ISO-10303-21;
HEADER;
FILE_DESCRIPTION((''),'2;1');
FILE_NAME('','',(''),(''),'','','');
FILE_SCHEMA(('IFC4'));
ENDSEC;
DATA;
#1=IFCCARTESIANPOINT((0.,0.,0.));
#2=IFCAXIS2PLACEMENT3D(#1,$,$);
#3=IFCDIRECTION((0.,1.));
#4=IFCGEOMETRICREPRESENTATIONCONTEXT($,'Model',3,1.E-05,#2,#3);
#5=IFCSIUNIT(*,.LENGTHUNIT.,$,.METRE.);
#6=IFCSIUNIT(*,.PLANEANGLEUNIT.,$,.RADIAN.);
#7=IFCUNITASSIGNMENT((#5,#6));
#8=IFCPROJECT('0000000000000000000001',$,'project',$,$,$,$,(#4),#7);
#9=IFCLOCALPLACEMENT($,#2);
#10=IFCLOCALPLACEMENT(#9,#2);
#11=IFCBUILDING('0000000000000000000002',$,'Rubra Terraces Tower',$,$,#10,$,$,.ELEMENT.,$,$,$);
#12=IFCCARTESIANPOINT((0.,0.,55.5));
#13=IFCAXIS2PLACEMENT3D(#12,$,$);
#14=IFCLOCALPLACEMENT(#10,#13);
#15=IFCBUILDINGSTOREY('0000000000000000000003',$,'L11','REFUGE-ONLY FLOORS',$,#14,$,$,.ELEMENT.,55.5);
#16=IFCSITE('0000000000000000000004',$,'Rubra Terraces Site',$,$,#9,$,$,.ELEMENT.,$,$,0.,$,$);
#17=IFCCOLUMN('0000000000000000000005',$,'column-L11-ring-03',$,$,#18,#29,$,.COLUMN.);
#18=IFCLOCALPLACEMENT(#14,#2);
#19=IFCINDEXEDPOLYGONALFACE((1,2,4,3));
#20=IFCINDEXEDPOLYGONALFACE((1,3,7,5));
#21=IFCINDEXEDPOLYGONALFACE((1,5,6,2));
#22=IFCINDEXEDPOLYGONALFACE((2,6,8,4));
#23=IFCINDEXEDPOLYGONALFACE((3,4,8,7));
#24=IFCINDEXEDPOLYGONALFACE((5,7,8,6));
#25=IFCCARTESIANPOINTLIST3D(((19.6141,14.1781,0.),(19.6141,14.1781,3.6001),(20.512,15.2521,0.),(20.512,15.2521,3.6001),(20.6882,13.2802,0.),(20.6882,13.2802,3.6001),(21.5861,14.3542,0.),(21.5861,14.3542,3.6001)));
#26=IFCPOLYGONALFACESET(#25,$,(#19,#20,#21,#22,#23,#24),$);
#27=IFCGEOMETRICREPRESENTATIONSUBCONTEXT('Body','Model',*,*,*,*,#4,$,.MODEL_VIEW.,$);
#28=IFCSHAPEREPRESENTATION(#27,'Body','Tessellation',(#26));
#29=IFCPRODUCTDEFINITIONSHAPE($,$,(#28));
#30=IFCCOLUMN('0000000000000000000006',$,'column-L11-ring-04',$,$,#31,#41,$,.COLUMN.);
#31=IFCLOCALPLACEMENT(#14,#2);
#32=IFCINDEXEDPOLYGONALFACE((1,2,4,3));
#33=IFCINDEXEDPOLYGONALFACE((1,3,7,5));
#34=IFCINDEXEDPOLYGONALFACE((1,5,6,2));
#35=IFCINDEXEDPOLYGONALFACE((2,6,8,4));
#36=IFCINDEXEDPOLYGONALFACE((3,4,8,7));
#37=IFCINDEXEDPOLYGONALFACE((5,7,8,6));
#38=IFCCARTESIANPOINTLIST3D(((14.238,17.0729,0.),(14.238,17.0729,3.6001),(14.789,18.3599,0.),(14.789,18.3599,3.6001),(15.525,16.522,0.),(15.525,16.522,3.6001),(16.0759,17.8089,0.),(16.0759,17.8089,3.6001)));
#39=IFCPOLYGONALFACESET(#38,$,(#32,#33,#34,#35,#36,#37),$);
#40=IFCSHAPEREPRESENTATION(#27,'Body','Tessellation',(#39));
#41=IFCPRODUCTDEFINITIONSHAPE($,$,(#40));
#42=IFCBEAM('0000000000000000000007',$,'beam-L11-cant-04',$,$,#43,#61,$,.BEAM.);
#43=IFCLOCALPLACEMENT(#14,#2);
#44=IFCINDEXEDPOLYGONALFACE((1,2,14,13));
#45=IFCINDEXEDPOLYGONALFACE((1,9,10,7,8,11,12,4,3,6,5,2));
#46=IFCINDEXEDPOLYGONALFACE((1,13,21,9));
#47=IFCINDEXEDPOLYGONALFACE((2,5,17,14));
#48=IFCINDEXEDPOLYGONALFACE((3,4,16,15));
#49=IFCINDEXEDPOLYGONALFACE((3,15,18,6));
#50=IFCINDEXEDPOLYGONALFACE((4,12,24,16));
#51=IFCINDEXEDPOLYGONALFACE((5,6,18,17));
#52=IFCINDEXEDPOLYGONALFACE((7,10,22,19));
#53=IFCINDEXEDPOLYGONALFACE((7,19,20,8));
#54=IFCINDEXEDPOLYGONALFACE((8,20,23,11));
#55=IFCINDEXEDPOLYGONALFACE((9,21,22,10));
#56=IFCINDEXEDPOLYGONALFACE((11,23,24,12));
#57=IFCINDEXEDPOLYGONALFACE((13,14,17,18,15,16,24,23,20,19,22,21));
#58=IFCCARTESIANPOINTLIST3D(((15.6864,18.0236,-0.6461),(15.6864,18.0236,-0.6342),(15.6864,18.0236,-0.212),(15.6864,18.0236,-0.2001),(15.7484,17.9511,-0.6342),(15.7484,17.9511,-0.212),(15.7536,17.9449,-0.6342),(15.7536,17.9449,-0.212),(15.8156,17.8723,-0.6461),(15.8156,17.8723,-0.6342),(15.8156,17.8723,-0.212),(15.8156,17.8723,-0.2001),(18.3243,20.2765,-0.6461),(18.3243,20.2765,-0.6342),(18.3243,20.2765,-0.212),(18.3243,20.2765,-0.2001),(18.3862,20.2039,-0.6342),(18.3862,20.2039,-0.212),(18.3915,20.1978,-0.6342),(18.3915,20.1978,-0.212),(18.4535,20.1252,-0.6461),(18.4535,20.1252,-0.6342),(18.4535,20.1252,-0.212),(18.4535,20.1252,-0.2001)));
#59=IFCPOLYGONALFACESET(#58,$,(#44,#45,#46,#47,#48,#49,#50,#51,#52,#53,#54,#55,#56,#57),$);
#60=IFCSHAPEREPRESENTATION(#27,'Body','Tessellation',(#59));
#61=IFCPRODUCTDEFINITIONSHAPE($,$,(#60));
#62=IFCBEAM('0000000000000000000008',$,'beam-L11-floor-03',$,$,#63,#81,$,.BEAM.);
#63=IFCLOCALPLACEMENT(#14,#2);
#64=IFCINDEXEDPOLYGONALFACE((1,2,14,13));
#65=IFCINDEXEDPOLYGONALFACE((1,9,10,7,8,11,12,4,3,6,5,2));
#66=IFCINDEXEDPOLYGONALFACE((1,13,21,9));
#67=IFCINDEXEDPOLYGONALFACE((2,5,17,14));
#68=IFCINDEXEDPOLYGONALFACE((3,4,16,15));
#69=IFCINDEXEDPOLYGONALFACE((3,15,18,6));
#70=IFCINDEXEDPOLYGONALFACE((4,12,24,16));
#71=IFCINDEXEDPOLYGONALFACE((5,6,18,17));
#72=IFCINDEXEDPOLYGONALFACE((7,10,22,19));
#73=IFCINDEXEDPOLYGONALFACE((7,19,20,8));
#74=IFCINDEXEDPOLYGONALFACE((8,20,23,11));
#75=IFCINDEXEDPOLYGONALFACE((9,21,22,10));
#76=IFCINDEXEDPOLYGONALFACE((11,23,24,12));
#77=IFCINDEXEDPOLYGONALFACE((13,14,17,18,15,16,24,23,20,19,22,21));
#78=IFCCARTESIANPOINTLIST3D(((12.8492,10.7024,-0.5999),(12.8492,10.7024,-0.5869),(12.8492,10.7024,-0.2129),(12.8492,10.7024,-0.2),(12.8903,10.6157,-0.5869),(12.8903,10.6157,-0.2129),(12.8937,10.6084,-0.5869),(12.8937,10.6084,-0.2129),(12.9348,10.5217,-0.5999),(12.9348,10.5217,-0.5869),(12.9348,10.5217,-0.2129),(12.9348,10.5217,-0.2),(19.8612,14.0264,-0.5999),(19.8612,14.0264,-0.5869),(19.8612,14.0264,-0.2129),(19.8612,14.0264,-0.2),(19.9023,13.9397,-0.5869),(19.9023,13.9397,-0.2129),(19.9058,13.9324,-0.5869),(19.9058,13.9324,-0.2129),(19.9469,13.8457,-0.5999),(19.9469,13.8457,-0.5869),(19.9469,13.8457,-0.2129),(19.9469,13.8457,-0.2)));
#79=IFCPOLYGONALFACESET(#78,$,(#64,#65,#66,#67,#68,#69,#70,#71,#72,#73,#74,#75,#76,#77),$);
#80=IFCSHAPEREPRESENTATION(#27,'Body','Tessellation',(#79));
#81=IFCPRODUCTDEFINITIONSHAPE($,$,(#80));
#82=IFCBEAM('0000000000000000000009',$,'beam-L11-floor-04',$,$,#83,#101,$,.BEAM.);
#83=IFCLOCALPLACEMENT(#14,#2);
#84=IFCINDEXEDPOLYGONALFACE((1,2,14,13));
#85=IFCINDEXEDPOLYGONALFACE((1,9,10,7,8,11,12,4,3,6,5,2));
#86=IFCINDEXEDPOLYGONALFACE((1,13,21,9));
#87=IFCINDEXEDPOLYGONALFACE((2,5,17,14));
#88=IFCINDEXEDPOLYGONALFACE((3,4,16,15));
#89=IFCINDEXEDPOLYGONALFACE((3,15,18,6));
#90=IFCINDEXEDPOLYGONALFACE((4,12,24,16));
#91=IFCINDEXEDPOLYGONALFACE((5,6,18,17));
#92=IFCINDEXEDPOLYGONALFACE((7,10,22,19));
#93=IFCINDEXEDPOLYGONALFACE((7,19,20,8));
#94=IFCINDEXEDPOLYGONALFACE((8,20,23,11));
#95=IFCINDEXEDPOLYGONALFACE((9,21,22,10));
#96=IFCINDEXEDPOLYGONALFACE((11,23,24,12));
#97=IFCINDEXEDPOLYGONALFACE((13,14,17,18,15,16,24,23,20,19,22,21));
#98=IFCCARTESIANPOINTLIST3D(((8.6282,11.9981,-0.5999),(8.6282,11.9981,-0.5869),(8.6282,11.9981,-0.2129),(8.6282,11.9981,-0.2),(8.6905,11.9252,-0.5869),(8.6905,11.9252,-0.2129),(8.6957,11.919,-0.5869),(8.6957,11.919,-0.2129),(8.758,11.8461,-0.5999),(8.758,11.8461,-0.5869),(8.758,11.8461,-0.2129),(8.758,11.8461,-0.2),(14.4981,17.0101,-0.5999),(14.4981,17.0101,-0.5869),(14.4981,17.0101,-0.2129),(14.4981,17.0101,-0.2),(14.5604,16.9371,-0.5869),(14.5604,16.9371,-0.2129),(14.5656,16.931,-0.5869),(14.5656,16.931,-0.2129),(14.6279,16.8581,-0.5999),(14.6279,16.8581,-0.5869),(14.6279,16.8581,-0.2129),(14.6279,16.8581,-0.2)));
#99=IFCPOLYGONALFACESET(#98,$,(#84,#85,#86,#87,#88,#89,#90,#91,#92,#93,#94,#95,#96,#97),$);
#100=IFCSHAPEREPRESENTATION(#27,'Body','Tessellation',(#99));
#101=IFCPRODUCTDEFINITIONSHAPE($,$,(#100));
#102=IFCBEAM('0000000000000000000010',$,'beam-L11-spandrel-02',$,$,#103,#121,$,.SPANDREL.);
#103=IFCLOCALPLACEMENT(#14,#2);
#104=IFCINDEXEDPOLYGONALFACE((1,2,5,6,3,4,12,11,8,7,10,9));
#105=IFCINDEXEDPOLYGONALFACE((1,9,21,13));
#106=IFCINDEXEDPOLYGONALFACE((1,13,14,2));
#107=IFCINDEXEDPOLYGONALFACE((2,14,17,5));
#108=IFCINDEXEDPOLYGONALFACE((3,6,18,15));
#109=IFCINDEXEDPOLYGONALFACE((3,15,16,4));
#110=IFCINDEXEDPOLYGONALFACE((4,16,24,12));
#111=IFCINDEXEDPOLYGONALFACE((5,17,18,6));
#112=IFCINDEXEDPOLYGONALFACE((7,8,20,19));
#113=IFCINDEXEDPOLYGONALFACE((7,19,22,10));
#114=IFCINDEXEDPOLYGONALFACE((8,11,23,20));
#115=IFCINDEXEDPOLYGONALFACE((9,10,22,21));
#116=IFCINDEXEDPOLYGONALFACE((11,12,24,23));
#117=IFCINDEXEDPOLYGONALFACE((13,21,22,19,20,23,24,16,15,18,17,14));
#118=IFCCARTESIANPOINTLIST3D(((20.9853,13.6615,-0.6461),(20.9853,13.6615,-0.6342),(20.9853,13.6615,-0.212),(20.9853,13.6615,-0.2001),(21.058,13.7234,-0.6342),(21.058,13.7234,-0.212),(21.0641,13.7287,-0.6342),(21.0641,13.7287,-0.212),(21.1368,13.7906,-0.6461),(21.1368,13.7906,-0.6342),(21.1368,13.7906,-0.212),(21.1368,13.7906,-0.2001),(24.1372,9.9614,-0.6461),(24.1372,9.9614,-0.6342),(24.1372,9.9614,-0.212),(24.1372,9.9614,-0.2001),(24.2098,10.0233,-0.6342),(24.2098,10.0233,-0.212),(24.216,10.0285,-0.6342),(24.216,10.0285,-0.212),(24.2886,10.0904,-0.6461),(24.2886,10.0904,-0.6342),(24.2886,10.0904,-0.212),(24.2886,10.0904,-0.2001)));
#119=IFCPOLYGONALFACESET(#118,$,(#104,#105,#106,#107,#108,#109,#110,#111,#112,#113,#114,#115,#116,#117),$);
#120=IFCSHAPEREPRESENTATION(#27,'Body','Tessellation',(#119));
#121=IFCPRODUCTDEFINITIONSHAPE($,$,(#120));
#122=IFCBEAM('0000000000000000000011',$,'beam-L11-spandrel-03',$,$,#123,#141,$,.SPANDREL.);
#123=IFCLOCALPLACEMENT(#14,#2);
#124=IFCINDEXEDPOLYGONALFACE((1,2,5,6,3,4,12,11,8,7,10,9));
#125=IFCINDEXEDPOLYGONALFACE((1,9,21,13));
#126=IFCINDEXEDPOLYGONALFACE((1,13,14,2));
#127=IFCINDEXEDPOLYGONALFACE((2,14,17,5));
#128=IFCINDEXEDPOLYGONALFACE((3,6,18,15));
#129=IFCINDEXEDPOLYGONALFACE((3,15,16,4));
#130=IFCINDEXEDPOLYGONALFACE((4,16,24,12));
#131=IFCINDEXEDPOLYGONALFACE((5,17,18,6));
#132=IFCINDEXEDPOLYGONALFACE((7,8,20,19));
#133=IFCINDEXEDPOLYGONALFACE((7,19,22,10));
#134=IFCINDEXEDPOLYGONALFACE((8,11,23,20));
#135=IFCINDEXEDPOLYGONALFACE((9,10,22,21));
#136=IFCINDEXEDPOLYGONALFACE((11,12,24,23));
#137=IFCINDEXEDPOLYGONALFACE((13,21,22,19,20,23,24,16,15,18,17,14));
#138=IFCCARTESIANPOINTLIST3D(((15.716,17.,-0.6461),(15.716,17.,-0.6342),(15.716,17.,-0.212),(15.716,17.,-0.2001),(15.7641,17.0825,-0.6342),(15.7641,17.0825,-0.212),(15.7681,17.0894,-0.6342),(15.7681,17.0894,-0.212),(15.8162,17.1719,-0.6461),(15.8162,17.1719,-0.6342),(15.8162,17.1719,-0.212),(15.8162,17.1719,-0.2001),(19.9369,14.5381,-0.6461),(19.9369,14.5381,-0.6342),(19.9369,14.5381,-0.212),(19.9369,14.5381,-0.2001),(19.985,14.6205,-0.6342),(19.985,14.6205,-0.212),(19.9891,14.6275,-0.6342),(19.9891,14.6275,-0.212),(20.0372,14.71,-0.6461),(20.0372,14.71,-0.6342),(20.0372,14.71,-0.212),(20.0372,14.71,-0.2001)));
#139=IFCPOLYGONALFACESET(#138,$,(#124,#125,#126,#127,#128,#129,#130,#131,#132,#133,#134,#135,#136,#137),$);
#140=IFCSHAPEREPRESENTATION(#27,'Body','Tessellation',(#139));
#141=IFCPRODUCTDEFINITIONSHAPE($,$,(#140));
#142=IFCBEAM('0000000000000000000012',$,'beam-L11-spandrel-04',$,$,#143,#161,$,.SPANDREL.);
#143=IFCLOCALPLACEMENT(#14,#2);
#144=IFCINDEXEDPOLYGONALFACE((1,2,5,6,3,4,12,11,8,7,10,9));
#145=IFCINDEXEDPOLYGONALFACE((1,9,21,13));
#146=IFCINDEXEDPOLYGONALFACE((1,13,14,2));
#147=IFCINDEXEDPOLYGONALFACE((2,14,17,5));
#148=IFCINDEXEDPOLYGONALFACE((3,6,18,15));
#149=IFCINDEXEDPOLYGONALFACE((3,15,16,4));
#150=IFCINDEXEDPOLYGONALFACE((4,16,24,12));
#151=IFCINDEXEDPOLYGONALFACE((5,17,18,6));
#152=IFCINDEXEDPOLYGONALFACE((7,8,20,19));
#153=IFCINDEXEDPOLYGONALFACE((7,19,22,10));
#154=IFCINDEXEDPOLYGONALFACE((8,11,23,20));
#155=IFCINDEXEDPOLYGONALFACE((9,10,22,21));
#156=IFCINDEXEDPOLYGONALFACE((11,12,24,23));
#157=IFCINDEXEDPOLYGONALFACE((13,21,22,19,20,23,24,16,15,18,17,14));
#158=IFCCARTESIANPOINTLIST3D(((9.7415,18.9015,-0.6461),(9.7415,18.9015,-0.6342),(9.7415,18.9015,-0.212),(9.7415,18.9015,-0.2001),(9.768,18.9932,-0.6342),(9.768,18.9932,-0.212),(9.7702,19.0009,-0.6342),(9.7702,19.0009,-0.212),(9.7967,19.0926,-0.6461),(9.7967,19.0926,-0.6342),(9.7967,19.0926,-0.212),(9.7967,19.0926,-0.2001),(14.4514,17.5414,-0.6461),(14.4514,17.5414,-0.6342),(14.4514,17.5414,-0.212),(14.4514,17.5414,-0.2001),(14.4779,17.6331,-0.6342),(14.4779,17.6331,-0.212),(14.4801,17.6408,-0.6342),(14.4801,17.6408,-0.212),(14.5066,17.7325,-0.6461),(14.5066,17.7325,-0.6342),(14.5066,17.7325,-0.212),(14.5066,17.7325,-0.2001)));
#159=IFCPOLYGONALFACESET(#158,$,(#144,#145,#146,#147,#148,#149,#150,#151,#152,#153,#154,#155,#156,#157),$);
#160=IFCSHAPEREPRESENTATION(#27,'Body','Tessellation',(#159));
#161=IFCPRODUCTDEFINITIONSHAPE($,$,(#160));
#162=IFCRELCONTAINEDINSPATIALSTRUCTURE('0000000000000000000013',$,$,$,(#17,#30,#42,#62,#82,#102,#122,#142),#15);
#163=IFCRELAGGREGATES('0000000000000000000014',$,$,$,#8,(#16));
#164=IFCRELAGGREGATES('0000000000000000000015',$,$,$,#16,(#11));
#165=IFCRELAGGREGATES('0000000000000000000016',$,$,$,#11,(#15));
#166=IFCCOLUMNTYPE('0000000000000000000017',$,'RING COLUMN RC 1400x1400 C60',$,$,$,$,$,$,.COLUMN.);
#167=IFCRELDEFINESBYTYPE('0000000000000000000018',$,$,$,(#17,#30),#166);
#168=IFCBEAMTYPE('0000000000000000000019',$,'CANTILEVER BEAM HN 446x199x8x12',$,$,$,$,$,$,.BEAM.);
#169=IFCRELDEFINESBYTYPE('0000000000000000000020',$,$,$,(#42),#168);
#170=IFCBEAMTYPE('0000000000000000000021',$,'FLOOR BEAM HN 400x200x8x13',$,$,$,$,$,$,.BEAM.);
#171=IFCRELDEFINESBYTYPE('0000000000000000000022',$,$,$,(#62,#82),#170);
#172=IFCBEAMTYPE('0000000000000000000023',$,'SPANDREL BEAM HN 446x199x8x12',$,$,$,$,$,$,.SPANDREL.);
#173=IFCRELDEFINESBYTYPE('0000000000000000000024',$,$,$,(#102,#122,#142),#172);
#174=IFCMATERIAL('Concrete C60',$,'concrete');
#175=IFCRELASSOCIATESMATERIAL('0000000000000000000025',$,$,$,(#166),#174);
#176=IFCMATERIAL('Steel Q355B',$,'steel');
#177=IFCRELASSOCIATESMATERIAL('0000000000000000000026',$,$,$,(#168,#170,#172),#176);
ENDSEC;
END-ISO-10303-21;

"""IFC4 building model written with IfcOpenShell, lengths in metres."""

from ifc_helpers import new_model, si_unit, direction, frame, origin, origin_2d, place, context, subcontext, project, spatial, rectangle, i_section, extrude, material, material_profile, profile_set, type_object, element, save


model = new_model("IFC4")

# Units and contexts
model_context = context("Model", 3, precision=1e-05, world=origin(), true_north=direction((0.0, 1.0)))
body_context = subcontext(model_context, "Body", "Model", "MODEL_VIEW")
ifc_project = project(units=[si_unit("LENGTHUNIT", "METRE"), si_unit("PLANEANGLEUNIT", "RADIAN")], contexts=[model_context])

# Site, building, storey
site_placement = place(None, origin())
site = spatial("IfcSite", under=ifc_project, at=site_placement, Name="Rubra Terraces Site", CompositionType="ELEMENT", RefElevation=0.0)
building_placement = place(site_placement, origin())
building = spatial("IfcBuilding", under=site, at=building_placement, Name="Rubra Terraces Tower", CompositionType="ELEMENT")
storey_placement = place(building_placement, frame((0.0, 0.0, 55.5)))
storey = spatial("IfcBuildingStorey", under=building, at=storey_placement, Name="L11", Description="REFUGE-ONLY FLOORS", CompositionType="ELEMENT", Elevation=55.5)

# Columns
ifc_material_1 = material(Name="Concrete C60", Category="concrete")
ifc_material_profile_1 = material_profile(ifc_material_1, rectangle(XDim=1.3999, YDim=1.3999, at=origin_2d()), Name="RC 1400x1400")
ifc_profile_set_1 = profile_set([ifc_material_profile_1], Name="Concrete C60")
column_type = type_object("IfcColumnType", Name="RING COLUMN RC 1400x1400 C60", PredefinedType="COLUMN", material=ifc_profile_set_1)
for number, where, z_axis, x_axis, name in (
    (1, (20.6001, 14.2661, 0.0), (0.0, 0.0, 1.0), (-0.76721, 0.641397, 0.0), "column-L11-ring-03"),
    (2, (15.157, 17.4409, 0.0), (0.0, 0.0, 1.0), (-0.919294, 0.393572, 0.0), "column-L11-ring-04"),
):
    element("IfcColumn", number, at=place(storey_placement, frame(where, z_axis=z_axis, x_axis=x_axis)), inside=storey, type_object=column_type, Name=name, PredefinedType="COLUMN", context=body_context, shape_type="SweptSolid", body=[
        extrude(rectangle(XDim=1.3999, YDim=1.3999, at=origin_2d()), origin(), (0.0, 0.0, 1.0), 3.6001),
    ])

# Beams
ifc_material_2 = material(Name="Steel Q355B", Category="steel")
ifc_material_profile_2 = material_profile(ifc_material_2, i_section(OverallWidth=0.199, OverallDepth=0.446, WebThickness=0.0081, FlangeThickness=0.012, at=origin_2d()), Name="HN 446x199x8x12")
ifc_profile_set_2 = profile_set([ifc_material_profile_2], Name="Steel Q355B")
beam_type_1 = type_object("IfcBeamType", Name="CANTILEVER BEAM HN 446x199x8x12", PredefinedType="BEAM", material=ifc_profile_set_2)
beam_1_placement = place(storey_placement, frame((15.751, 17.948, -0.4231), z_axis=(0.760418, 0.649434, 0.0), x_axis=(-0.649434, 0.760418, 0.0)))
element("IfcBeam", 3, at=beam_1_placement, inside=storey, type_object=beam_type_1, Name="beam-L11-cant-04", PredefinedType="BEAM", context=body_context, shape_type="SweptSolid", body=[
    extrude(i_section(OverallWidth=0.199, OverallDepth=0.446, WebThickness=0.0081, FlangeThickness=0.012, at=origin_2d()), origin(), (0.0, 0.0, 1.0), 3.469),
])
ifc_material_profile_3 = material_profile(ifc_material_2, i_section(OverallWidth=0.2, OverallDepth=0.3999, WebThickness=0.0081, FlangeThickness=0.0129, at=origin_2d()), Name="HN 400x200x8x13")
ifc_profile_set_3 = profile_set([ifc_material_profile_3], Name="Steel Q355B")
beam_type_2 = type_object("IfcBeamType", Name="FLOOR BEAM HN 400x200x8x13", PredefinedType="BEAM", material=ifc_profile_set_3)
beam_2_placement = place(storey_placement, frame((19.9041, 13.936, -0.3999), z_axis=(-0.903612, -0.428351, 0.0), x_axis=(0.428351, -0.903612, 0.0)))
element("IfcBeam", 4, at=beam_2_placement, inside=storey, type_object=beam_type_2, Name="beam-L11-floor-03", PredefinedType="BEAM", context=body_context, shape_type="SweptSolid", body=[
    extrude(i_section(OverallWidth=0.2, OverallDepth=0.3999, WebThickness=0.0081, FlangeThickness=0.0129, at=origin_2d()), origin(), (0.0, 0.0, 1.0), 7.76),
])
beam_3_placement = place(storey_placement, frame((14.563, 16.9341, -0.3999), z_axis=(-0.760494, -0.649344, 0.0), x_axis=(0.649344, -0.760494, 0.0)))
element("IfcBeam", 5, at=beam_3_placement, inside=storey, type_object=beam_type_2, Name="beam-L11-floor-04", PredefinedType="BEAM", context=body_context, shape_type="SweptSolid", body=[
    extrude(i_section(OverallWidth=0.2, OverallDepth=0.3999, WebThickness=0.0081, FlangeThickness=0.0129, at=origin_2d()), origin(), (0.0, 0.0, 1.0), 7.7185),
])
ifc_material_profile_4 = material_profile(ifc_material_2, i_section(OverallWidth=0.199, OverallDepth=0.446, WebThickness=0.0081, FlangeThickness=0.012, at=origin_2d()), Name="HN 446x199x8x12")
ifc_profile_set_4 = profile_set([ifc_material_profile_4], Name="Steel Q355B")
beam_type_3 = type_object("IfcBeamType", Name="SPANDREL BEAM HN 446x199x8x12", PredefinedType="SPANDREL", material=ifc_profile_set_4)
beam_4_placement = place(storey_placement, frame((24.2129, 10.0259, -0.4231), z_axis=(-0.648447, 0.76126, 0.0), x_axis=(-0.76126, -0.648447, 0.0)))
element("IfcBeam", 6, at=beam_4_placement, inside=storey, type_object=beam_type_3, Name="beam-L11-spandrel-02", PredefinedType="SPANDREL", context=body_context, shape_type="SweptSolid", body=[
    extrude(i_section(OverallWidth=0.199, OverallDepth=0.446, WebThickness=0.0081, FlangeThickness=0.012, at=origin_2d()), origin(), (0.0, 0.0, 1.0), 4.8606),
])
beam_5_placement = place(storey_placement, frame((19.9871, 14.624, -0.4231), z_axis=(-0.863806, 0.503824, 0.0), x_axis=(-0.503824, -0.863806, 0.0)))
element("IfcBeam", 7, at=beam_5_placement, inside=storey, type_object=beam_type_3, Name="beam-L11-spandrel-03", PredefinedType="SPANDREL", context=body_context, shape_type="SweptSolid", body=[
    extrude(i_section(OverallWidth=0.199, OverallDepth=0.446, WebThickness=0.0081, FlangeThickness=0.012, at=origin_2d()), origin(), (0.0, 0.0, 1.0), 4.8865),
])
beam_6_placement = place(storey_placement, frame((14.479, 17.637, -0.4231), z_axis=(-0.960744, 0.277436, 0.0), x_axis=(-0.277436, -0.960744, 0.0)))
element("IfcBeam", 8, at=beam_6_placement, inside=storey, type_object=beam_type_3, Name="beam-L11-spandrel-04", PredefinedType="SPANDREL", context=body_context, shape_type="SweptSolid", body=[
    extrude(i_section(OverallWidth=0.199, OverallDepth=0.446, WebThickness=0.0081, FlangeThickness=0.012, at=origin_2d()), origin(), (0.0, 0.0, 1.0), 4.9023),
])

save(model, "model.ifc")
